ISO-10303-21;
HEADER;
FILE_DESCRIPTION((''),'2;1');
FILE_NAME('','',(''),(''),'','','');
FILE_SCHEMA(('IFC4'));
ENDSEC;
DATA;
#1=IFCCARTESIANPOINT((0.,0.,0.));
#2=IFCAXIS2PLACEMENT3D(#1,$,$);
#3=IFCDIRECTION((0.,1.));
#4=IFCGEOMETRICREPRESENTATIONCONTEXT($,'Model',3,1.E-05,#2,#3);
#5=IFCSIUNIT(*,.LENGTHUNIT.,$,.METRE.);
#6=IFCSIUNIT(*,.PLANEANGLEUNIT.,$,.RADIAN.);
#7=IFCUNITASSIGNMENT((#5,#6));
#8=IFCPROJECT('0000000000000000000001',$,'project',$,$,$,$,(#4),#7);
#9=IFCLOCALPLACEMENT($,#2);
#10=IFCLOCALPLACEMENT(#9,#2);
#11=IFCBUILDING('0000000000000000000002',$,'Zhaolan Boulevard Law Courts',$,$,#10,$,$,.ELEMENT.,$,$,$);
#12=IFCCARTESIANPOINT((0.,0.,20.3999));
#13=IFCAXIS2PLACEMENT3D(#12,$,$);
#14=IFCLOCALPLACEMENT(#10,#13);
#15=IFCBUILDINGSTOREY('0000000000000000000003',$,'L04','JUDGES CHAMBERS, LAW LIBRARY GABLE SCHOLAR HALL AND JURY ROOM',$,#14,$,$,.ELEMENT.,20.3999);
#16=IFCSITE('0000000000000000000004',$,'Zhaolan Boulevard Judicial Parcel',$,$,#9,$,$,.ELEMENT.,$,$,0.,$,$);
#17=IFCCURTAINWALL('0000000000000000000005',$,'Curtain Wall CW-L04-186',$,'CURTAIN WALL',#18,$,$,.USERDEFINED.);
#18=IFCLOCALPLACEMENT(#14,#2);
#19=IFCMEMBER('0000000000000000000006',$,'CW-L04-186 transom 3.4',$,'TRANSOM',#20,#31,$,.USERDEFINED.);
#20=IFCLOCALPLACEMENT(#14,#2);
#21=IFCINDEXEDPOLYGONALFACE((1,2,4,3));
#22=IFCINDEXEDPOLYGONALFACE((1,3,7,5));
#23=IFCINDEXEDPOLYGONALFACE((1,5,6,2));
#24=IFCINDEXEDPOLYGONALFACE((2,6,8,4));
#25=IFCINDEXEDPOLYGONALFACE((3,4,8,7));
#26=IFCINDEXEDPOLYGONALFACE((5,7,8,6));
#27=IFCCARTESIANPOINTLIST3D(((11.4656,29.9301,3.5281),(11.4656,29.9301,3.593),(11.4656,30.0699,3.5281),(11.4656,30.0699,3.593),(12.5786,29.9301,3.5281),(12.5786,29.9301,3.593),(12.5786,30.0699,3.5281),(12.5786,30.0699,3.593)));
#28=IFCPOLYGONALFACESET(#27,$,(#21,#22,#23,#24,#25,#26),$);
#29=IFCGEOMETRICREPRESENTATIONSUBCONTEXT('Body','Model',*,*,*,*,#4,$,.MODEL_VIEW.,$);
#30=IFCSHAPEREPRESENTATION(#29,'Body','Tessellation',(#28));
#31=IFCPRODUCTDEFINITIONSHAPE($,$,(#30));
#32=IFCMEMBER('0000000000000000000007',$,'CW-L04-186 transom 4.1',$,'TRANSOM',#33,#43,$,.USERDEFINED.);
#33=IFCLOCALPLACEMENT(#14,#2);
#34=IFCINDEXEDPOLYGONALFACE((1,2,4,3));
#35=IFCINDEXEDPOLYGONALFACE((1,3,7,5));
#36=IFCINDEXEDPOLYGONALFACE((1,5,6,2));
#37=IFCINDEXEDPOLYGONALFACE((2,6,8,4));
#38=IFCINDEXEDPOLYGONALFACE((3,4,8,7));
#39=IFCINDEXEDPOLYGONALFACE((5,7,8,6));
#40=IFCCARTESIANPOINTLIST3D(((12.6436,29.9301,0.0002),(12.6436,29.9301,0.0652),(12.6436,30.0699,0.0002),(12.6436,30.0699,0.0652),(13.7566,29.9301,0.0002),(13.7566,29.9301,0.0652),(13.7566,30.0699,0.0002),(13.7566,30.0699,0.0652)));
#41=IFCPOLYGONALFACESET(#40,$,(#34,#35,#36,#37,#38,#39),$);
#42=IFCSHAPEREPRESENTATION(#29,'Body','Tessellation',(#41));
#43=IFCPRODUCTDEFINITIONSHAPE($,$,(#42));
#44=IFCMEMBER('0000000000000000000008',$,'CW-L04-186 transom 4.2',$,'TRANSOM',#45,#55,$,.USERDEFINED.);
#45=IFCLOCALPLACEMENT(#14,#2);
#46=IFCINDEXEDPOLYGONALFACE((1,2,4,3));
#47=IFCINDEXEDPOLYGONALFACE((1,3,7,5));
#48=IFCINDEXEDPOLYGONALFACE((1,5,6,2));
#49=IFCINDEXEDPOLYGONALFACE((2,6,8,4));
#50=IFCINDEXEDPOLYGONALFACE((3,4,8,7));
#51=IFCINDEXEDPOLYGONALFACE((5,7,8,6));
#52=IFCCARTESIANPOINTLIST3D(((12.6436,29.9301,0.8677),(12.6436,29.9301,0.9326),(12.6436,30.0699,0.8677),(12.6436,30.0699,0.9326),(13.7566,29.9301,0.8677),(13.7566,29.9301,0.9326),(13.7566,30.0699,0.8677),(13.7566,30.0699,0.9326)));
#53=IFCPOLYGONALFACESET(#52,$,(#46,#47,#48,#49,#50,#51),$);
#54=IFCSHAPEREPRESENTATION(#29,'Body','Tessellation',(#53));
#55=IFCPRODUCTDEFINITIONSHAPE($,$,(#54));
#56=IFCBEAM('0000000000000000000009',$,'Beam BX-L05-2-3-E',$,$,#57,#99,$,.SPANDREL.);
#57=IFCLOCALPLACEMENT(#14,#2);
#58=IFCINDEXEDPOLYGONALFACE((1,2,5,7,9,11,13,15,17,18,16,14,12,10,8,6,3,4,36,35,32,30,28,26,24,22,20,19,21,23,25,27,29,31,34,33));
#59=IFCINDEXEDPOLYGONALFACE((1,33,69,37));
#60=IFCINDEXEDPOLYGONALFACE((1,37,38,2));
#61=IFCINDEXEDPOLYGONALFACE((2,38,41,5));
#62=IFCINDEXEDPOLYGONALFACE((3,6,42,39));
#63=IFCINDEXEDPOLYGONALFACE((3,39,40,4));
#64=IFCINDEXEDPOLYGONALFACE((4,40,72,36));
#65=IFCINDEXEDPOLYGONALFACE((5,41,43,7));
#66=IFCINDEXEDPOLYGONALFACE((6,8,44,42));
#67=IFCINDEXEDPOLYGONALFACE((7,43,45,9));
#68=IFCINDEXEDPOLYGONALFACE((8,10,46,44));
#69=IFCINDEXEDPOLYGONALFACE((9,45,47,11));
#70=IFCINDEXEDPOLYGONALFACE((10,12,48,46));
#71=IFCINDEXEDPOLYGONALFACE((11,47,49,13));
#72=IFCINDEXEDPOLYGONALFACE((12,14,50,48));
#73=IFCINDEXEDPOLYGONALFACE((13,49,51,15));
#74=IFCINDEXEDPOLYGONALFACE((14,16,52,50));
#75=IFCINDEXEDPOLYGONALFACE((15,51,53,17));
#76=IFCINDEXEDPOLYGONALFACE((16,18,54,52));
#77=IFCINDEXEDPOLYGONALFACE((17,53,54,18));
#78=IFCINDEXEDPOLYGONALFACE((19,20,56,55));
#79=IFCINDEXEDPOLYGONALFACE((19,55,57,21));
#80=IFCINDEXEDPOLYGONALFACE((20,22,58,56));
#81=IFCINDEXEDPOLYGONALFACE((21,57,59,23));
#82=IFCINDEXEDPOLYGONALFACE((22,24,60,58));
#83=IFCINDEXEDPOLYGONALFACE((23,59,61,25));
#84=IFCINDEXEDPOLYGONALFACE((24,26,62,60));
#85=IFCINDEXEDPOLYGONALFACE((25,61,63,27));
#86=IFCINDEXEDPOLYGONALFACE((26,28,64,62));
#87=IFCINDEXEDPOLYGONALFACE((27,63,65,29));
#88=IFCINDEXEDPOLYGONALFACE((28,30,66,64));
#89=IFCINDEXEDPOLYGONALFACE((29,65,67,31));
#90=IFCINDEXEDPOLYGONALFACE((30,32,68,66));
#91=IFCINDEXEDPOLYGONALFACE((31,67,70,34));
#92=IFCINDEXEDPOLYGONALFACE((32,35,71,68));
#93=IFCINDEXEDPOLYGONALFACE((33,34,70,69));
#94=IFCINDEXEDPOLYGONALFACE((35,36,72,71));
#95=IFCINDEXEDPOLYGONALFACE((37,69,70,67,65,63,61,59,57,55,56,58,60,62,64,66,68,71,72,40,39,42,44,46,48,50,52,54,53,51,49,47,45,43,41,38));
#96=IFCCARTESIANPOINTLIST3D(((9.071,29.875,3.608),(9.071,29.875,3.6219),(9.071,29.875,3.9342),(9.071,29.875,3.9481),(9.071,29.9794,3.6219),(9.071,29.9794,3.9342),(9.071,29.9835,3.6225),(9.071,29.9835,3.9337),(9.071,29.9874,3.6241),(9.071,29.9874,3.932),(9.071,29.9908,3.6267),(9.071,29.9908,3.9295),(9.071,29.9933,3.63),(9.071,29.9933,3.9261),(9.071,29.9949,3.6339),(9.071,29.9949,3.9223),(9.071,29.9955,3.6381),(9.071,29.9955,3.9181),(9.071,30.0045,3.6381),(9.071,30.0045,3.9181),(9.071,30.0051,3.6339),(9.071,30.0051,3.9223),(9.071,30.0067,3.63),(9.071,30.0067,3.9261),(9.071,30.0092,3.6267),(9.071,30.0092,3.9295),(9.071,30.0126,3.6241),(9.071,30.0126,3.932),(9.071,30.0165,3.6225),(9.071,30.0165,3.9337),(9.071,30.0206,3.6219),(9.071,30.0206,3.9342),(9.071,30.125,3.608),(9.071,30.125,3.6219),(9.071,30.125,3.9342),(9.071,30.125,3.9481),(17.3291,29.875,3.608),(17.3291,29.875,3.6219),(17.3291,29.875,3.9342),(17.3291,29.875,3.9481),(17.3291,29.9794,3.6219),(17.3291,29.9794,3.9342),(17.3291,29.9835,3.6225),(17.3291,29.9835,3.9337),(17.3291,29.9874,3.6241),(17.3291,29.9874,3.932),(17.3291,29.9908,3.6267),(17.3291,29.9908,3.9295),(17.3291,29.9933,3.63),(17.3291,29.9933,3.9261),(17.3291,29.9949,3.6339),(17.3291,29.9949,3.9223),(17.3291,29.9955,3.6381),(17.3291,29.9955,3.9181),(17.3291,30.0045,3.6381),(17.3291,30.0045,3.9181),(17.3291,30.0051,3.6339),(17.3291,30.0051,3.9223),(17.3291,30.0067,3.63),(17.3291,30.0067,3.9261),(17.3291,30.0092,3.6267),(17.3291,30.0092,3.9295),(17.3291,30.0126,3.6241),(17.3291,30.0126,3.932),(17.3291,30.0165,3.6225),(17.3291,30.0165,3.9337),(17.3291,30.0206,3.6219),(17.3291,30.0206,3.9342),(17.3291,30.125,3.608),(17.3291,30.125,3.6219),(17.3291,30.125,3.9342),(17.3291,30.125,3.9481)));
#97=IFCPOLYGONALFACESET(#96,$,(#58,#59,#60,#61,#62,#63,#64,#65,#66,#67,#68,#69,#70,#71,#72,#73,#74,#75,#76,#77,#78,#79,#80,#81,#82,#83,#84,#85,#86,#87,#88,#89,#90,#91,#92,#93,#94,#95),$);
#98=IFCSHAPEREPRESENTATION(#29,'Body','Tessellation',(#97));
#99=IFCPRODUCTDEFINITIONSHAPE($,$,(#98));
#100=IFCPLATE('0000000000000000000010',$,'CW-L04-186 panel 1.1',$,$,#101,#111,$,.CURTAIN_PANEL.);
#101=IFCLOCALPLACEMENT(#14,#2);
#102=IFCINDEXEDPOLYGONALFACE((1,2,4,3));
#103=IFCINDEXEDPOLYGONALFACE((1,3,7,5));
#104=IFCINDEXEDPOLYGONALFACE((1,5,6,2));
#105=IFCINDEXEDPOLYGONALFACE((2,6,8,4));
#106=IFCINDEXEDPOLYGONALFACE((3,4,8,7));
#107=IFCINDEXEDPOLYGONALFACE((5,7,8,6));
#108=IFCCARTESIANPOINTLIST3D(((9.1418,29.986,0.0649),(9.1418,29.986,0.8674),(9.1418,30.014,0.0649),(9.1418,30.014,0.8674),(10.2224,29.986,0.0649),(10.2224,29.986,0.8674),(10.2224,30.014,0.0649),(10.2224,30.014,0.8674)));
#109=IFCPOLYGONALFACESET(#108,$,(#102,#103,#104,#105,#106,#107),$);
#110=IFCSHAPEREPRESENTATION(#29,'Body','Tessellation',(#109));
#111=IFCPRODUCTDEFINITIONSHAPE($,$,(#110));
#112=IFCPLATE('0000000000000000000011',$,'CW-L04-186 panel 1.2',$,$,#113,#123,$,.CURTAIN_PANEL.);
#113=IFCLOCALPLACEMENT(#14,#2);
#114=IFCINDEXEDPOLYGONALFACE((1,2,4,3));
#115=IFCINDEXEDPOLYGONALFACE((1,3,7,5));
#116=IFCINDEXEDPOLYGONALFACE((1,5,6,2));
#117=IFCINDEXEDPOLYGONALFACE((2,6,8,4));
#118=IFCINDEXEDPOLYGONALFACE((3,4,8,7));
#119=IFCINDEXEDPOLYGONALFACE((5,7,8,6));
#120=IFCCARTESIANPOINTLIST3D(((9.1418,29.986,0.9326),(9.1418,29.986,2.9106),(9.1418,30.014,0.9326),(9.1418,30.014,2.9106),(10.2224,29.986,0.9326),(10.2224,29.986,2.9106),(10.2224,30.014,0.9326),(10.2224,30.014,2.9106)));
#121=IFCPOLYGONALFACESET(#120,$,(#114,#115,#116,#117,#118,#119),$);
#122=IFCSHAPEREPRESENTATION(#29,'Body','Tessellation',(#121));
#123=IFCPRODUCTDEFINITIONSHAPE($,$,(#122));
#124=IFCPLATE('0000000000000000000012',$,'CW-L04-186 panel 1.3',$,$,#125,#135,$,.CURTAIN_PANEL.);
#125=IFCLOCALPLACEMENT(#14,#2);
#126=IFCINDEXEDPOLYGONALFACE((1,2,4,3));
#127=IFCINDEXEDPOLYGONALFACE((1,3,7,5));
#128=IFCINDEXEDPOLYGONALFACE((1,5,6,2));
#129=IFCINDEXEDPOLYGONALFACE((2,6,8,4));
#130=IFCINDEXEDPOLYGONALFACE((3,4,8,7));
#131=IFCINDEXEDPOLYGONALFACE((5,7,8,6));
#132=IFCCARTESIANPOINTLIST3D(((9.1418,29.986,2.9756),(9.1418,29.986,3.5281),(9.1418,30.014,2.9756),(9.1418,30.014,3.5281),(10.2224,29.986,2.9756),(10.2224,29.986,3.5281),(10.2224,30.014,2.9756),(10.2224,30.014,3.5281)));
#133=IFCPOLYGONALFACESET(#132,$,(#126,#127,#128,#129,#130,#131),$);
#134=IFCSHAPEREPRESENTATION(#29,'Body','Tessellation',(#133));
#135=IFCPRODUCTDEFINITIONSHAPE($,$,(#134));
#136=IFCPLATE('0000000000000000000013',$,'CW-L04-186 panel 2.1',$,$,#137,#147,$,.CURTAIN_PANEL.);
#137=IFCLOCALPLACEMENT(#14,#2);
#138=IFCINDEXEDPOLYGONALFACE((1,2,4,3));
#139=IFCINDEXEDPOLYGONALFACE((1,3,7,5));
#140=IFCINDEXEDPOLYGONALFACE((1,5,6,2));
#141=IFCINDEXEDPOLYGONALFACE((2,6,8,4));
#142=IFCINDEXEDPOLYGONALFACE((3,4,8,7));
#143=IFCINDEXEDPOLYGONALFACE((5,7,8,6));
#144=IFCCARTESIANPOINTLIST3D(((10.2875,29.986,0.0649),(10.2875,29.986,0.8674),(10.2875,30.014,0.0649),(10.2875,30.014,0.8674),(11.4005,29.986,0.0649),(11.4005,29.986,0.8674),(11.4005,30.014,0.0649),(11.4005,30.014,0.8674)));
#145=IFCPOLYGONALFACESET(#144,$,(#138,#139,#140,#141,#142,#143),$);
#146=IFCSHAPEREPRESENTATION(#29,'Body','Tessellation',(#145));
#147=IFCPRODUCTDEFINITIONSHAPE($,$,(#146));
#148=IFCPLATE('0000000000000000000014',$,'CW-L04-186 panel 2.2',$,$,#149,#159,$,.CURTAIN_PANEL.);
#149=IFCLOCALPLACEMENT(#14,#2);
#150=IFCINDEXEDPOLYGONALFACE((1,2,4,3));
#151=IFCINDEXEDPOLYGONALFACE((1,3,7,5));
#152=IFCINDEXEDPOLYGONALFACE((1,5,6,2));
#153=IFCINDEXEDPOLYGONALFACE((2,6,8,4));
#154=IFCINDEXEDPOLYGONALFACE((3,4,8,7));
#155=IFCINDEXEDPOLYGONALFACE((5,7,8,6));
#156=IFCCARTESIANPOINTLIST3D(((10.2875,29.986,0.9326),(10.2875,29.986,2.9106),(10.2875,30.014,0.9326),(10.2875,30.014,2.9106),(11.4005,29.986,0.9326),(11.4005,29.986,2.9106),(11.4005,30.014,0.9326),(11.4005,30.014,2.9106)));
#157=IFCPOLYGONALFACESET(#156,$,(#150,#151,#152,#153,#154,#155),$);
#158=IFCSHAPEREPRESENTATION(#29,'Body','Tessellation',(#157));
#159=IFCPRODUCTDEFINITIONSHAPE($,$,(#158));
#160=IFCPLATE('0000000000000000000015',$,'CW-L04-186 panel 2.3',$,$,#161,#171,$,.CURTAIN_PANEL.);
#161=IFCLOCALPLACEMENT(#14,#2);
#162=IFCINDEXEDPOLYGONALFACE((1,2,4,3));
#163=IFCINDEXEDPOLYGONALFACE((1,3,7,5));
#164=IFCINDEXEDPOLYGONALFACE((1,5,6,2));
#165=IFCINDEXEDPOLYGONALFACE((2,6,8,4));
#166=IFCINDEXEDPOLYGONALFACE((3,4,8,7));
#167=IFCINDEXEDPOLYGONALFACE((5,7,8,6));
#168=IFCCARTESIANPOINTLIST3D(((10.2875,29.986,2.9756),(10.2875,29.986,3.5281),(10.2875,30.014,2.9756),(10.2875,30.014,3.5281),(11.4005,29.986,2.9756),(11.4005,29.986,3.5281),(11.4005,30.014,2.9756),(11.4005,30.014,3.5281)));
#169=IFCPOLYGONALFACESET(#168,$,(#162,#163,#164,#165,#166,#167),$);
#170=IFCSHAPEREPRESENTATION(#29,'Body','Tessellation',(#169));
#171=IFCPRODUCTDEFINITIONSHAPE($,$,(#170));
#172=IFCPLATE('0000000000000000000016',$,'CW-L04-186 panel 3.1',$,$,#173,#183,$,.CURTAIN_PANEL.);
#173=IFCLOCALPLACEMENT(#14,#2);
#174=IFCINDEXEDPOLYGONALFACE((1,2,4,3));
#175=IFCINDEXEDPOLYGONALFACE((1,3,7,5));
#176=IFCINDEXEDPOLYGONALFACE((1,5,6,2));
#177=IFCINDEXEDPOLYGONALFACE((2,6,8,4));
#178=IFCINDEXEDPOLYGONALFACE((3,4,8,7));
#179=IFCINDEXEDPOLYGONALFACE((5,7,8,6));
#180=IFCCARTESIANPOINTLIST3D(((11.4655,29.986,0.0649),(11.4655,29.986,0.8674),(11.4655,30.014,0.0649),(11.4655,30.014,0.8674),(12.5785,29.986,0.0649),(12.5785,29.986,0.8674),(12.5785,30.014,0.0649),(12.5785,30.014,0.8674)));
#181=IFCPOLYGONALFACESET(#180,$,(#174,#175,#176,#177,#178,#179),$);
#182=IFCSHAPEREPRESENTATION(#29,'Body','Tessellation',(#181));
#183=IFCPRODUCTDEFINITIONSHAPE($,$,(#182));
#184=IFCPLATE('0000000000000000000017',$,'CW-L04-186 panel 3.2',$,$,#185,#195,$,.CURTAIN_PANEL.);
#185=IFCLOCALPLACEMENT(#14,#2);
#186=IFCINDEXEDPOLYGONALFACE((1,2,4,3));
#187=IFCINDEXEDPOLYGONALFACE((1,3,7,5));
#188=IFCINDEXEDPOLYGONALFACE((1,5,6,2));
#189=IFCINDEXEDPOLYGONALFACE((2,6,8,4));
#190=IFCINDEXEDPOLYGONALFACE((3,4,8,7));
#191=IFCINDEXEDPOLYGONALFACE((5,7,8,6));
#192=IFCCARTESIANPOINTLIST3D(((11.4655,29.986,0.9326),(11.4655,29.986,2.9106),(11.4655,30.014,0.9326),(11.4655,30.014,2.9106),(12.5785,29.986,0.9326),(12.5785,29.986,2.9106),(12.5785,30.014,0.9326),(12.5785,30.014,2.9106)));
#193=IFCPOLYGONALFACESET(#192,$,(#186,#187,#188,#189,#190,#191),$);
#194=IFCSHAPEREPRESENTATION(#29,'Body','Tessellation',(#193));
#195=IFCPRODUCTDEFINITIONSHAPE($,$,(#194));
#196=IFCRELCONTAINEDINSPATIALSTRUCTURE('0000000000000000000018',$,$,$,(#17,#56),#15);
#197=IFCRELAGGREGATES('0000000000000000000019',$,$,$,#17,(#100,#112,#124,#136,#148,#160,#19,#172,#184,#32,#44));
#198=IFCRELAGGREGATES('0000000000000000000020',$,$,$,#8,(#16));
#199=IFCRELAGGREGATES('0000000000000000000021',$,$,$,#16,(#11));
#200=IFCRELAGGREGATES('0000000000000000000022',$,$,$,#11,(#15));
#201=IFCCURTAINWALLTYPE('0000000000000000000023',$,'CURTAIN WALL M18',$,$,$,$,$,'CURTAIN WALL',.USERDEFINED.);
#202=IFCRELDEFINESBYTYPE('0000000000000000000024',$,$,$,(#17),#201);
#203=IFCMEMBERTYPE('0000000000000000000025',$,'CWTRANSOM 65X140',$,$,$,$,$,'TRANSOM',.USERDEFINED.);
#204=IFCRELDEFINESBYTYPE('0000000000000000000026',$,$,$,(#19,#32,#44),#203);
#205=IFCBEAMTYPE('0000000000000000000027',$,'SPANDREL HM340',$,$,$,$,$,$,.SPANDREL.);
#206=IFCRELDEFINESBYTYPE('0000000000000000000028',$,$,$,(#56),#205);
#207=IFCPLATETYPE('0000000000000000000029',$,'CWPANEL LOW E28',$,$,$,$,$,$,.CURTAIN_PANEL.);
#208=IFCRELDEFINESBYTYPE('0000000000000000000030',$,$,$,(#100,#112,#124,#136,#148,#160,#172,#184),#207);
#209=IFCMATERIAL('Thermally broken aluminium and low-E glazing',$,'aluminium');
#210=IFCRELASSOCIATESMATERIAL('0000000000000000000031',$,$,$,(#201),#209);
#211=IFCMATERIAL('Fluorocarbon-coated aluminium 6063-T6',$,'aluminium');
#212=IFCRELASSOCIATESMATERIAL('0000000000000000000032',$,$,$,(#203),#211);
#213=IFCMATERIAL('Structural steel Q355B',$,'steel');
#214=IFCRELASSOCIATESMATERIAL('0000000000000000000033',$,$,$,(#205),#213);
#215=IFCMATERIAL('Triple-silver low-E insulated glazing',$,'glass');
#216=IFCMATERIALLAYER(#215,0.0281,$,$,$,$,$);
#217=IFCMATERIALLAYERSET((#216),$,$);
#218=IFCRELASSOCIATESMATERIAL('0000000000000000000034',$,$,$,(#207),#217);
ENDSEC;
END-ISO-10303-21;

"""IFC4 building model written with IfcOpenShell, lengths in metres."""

from ifc_helpers import new_model, si_unit, direction, frame, origin, origin_2d, place, context, subcontext, project, spatial, rectangle, i_section, extrude, material, layer, layer_set, material_profile, profile_set, type_object, element, aggregate, save


model = new_model("IFC4")

# Units and contexts
model_context = context("Model", 3, precision=1e-05, world=origin(), true_north=direction((0.0, 1.0)))
body_context = subcontext(model_context, "Body", "Model", "MODEL_VIEW")
ifc_project = project(units=[si_unit("LENGTHUNIT", "METRE"), si_unit("PLANEANGLEUNIT", "RADIAN")], contexts=[model_context])

# Site, building, storey
site_placement = place(None, origin())
site = spatial("IfcSite", under=ifc_project, at=site_placement, Name="Zhaolan Boulevard Judicial Parcel", CompositionType="ELEMENT", RefElevation=0.0)
building_placement = place(site_placement, origin())
building = spatial("IfcBuilding", under=site, at=building_placement, Name="Zhaolan Boulevard Law Courts", CompositionType="ELEMENT")
storey_placement = place(building_placement, frame((0.0, 0.0, 20.3999)))
storey = spatial("IfcBuildingStorey", under=building, at=storey_placement, Name="L04", Description="JUDGES CHAMBERS, LAW LIBRARY GABLE SCHOLAR HALL AND JURY ROOM", CompositionType="ELEMENT", Elevation=20.3999)

# Curtain wall, members
ifc_material_1 = material(Name="Thermally broken aluminium and low-E glazing", Category="aluminium")
curtain_wall_type = type_object("IfcCurtainWallType", Name="CURTAIN WALL M18", ElementType="CURTAIN WALL", PredefinedType="USERDEFINED", material=ifc_material_1)
curtain_wall_placement = place(storey_placement, origin())
curtain_wall = element("IfcCurtainWall", 1, at=curtain_wall_placement, inside=storey, type_object=curtain_wall_type, Name="Curtain Wall CW-L04-186", ObjectType="CURTAIN WALL", PredefinedType="USERDEFINED")
ifc_material_2 = material(Name="Fluorocarbon-coated aluminium 6063-T6", Category="aluminium")
ifc_material_profile_1 = material_profile(ifc_material_2, rectangle(XDim=0.1399, YDim=0.0649, at=origin_2d()), Name="AL65x140")
ifc_profile_set_1 = profile_set([ifc_material_profile_1], Name="Fluorocarbon-coated aluminium 6063-T6")
member_type_1 = type_object("IfcMemberType", Name="CWTRANSOM 65X140", ElementType="TRANSOM", PredefinedType="USERDEFINED", material=ifc_profile_set_1)
member_1_placement = place(storey_placement, frame((11.4656, 30.0, 3.5605), z_axis=(1.0, 0.0, 0.0), x_axis=(0.0, 1.0, 0.0)))
member_1 = element("IfcMember", 2, at=member_1_placement, type_object=member_type_1, Name="CW-L04-186 transom 3.4", ObjectType="TRANSOM", PredefinedType="USERDEFINED", context=body_context, shape_type="SweptSolid", body=[
    extrude(rectangle(XDim=0.1399, YDim=0.0649, at=origin_2d()), origin(), (0.0, 0.0, 1.0), 1.113),
])
member_2_placement = place(storey_placement, frame((12.6436, 30.0, 0.0327), z_axis=(1.0, 0.0, 0.0), x_axis=(0.0, 1.0, 0.0)))
member_2 = element("IfcMember", 3, at=member_2_placement, type_object=member_type_1, Name="CW-L04-186 transom 4.1", ObjectType="TRANSOM", PredefinedType="USERDEFINED", context=body_context, shape_type="SweptSolid", body=[
    extrude(rectangle(XDim=0.1399, YDim=0.0649, at=origin_2d()), origin(), (0.0, 0.0, 1.0), 1.113),
])
member_3_placement = place(storey_placement, frame((12.6436, 30.0, 0.9001), z_axis=(1.0, 0.0, 0.0), x_axis=(0.0, 1.0, 0.0)))
member_3 = element("IfcMember", 4, at=member_3_placement, type_object=member_type_1, Name="CW-L04-186 transom 4.2", ObjectType="TRANSOM", PredefinedType="USERDEFINED", context=body_context, shape_type="SweptSolid", body=[
    extrude(rectangle(XDim=0.1399, YDim=0.0649, at=origin_2d()), origin(), (0.0, 0.0, 1.0), 1.113),
])

# Beam
ifc_material_3 = material(Name="Structural steel Q355B", Category="steel")
ifc_material_profile_2 = material_profile(ifc_material_3, i_section(OverallWidth=0.25, OverallDepth=0.3401, WebThickness=0.009, FlangeThickness=0.0139, FilletRadius=0.0161, at=origin_2d()), Name="HM340x250")
ifc_profile_set_2 = profile_set([ifc_material_profile_2], Name="Structural steel Q355B")
beam_type = type_object("IfcBeamType", Name="SPANDREL HM340", PredefinedType="SPANDREL", material=ifc_profile_set_2)
beam_placement = place(storey_placement, frame((9.071, 30.0, 3.7781), z_axis=(1.0, 0.0, 0.0), x_axis=(0.0, 1.0, 0.0)))
element("IfcBeam", 5, at=beam_placement, inside=storey, type_object=beam_type, Name="Beam BX-L05-2-3-E", PredefinedType="SPANDREL", context=body_context, shape_type="SweptSolid", body=[
    extrude(i_section(OverallWidth=0.25, OverallDepth=0.3401, WebThickness=0.009, FlangeThickness=0.0139, FilletRadius=0.0161, at=origin_2d()), origin(), (0.0, 0.0, 1.0), 8.2581),
])

# Plates
ifc_material_4 = material(Name="Triple-silver low-E insulated glazing", Category="glass")
ifc_layer_1 = layer(ifc_material_4, 0.0281)
ifc_layer_set_1 = layer_set([ifc_layer_1])
plate_type_1 = type_object("IfcPlateType", Name="CWPANEL LOW E28", PredefinedType="CURTAIN_PANEL", material=ifc_layer_set_1)
plate_1_placement = place(storey_placement, frame((9.6821, 30.0, 0.0649), z_axis=(0.0, 0.0, 1.0), x_axis=(1.0, 0.0, 0.0)))
plate_1 = element("IfcPlate", 6, at=plate_1_placement, type_object=plate_type_1, Name="CW-L04-186 panel 1.1", PredefinedType="CURTAIN_PANEL", context=body_context, shape_type="SweptSolid", body=[
    extrude(rectangle(XDim=1.0806, YDim=0.0281, at=origin_2d()), origin(), (0.0, 0.0, 1.0), 0.8025),
])
plate_2_placement = place(storey_placement, frame((9.6821, 30.0, 0.9326), z_axis=(0.0, 0.0, 1.0), x_axis=(1.0, 0.0, 0.0)))
plate_2 = element("IfcPlate", 7, at=plate_2_placement, type_object=plate_type_1, Name="CW-L04-186 panel 1.2", PredefinedType="CURTAIN_PANEL", context=body_context, shape_type="SweptSolid", body=[
    extrude(rectangle(XDim=1.0806, YDim=0.0281, at=origin_2d()), origin(), (0.0, 0.0, 1.0), 1.978),
])
plate_3_placement = place(storey_placement, frame((9.6821, 30.0, 2.9756), z_axis=(0.0, 0.0, 1.0), x_axis=(1.0, 0.0, 0.0)))
plate_3 = element("IfcPlate", 8, at=plate_3_placement, type_object=plate_type_1, Name="CW-L04-186 panel 1.3", PredefinedType="CURTAIN_PANEL", context=body_context, shape_type="SweptSolid", body=[
    extrude(rectangle(XDim=1.0806, YDim=0.0281, at=origin_2d()), origin(), (0.0, 0.0, 1.0), 0.5525),
])
plate_4_placement = place(storey_placement, frame((10.844, 30.0, 0.0649), z_axis=(0.0, 0.0, 1.0), x_axis=(1.0, 0.0, 0.0)))
plate_4 = element("IfcPlate", 9, at=plate_4_placement, type_object=plate_type_1, Name="CW-L04-186 panel 2.1", PredefinedType="CURTAIN_PANEL", context=body_context, shape_type="SweptSolid", body=[
    extrude(rectangle(XDim=1.113, YDim=0.0281, at=origin_2d()), origin(), (0.0, 0.0, 1.0), 0.8025),
])
plate_5_placement = place(storey_placement, frame((10.844, 30.0, 0.9326), z_axis=(0.0, 0.0, 1.0), x_axis=(1.0, 0.0, 0.0)))
plate_5 = element("IfcPlate", 10, at=plate_5_placement, type_object=plate_type_1, Name="CW-L04-186 panel 2.2", PredefinedType="CURTAIN_PANEL", context=body_context, shape_type="SweptSolid", body=[
    extrude(rectangle(XDim=1.113, YDim=0.0281, at=origin_2d()), origin(), (0.0, 0.0, 1.0), 1.978),
])
plate_6_placement = place(storey_placement, frame((10.844, 30.0, 2.9756), z_axis=(0.0, 0.0, 1.0), x_axis=(1.0, 0.0, 0.0)))
plate_6 = element("IfcPlate", 11, at=plate_6_placement, type_object=plate_type_1, Name="CW-L04-186 panel 2.3", PredefinedType="CURTAIN_PANEL", context=body_context, shape_type="SweptSolid", body=[
    extrude(rectangle(XDim=1.113, YDim=0.0281, at=origin_2d()), origin(), (0.0, 0.0, 1.0), 0.5525),
])
plate_7_placement = place(storey_placement, frame((12.022, 30.0, 0.0649), z_axis=(0.0, 0.0, 1.0), x_axis=(1.0, 0.0, 0.0)))
plate_7 = element("IfcPlate", 12, at=plate_7_placement, type_object=plate_type_1, Name="CW-L04-186 panel 3.1", PredefinedType="CURTAIN_PANEL", context=body_context, shape_type="SweptSolid", body=[
    extrude(rectangle(XDim=1.113, YDim=0.0281, at=origin_2d()), origin(), (0.0, 0.0, 1.0), 0.8025),
])
plate_8_placement = place(storey_placement, frame((12.022, 30.0, 0.9326), z_axis=(0.0, 0.0, 1.0), x_axis=(1.0, 0.0, 0.0)))
plate_8 = element("IfcPlate", 13, at=plate_8_placement, type_object=plate_type_1, Name="CW-L04-186 panel 3.2", PredefinedType="CURTAIN_PANEL", context=body_context, shape_type="SweptSolid", body=[
    extrude(rectangle(XDim=1.113, YDim=0.0281, at=origin_2d()), origin(), (0.0, 0.0, 1.0), 1.978),
])
aggregate(curtain_wall, [plate_1, plate_2, plate_3, plate_4, plate_5, plate_6, member_1, plate_7, plate_8, member_2, member_3])

save(model, "model.ifc")
